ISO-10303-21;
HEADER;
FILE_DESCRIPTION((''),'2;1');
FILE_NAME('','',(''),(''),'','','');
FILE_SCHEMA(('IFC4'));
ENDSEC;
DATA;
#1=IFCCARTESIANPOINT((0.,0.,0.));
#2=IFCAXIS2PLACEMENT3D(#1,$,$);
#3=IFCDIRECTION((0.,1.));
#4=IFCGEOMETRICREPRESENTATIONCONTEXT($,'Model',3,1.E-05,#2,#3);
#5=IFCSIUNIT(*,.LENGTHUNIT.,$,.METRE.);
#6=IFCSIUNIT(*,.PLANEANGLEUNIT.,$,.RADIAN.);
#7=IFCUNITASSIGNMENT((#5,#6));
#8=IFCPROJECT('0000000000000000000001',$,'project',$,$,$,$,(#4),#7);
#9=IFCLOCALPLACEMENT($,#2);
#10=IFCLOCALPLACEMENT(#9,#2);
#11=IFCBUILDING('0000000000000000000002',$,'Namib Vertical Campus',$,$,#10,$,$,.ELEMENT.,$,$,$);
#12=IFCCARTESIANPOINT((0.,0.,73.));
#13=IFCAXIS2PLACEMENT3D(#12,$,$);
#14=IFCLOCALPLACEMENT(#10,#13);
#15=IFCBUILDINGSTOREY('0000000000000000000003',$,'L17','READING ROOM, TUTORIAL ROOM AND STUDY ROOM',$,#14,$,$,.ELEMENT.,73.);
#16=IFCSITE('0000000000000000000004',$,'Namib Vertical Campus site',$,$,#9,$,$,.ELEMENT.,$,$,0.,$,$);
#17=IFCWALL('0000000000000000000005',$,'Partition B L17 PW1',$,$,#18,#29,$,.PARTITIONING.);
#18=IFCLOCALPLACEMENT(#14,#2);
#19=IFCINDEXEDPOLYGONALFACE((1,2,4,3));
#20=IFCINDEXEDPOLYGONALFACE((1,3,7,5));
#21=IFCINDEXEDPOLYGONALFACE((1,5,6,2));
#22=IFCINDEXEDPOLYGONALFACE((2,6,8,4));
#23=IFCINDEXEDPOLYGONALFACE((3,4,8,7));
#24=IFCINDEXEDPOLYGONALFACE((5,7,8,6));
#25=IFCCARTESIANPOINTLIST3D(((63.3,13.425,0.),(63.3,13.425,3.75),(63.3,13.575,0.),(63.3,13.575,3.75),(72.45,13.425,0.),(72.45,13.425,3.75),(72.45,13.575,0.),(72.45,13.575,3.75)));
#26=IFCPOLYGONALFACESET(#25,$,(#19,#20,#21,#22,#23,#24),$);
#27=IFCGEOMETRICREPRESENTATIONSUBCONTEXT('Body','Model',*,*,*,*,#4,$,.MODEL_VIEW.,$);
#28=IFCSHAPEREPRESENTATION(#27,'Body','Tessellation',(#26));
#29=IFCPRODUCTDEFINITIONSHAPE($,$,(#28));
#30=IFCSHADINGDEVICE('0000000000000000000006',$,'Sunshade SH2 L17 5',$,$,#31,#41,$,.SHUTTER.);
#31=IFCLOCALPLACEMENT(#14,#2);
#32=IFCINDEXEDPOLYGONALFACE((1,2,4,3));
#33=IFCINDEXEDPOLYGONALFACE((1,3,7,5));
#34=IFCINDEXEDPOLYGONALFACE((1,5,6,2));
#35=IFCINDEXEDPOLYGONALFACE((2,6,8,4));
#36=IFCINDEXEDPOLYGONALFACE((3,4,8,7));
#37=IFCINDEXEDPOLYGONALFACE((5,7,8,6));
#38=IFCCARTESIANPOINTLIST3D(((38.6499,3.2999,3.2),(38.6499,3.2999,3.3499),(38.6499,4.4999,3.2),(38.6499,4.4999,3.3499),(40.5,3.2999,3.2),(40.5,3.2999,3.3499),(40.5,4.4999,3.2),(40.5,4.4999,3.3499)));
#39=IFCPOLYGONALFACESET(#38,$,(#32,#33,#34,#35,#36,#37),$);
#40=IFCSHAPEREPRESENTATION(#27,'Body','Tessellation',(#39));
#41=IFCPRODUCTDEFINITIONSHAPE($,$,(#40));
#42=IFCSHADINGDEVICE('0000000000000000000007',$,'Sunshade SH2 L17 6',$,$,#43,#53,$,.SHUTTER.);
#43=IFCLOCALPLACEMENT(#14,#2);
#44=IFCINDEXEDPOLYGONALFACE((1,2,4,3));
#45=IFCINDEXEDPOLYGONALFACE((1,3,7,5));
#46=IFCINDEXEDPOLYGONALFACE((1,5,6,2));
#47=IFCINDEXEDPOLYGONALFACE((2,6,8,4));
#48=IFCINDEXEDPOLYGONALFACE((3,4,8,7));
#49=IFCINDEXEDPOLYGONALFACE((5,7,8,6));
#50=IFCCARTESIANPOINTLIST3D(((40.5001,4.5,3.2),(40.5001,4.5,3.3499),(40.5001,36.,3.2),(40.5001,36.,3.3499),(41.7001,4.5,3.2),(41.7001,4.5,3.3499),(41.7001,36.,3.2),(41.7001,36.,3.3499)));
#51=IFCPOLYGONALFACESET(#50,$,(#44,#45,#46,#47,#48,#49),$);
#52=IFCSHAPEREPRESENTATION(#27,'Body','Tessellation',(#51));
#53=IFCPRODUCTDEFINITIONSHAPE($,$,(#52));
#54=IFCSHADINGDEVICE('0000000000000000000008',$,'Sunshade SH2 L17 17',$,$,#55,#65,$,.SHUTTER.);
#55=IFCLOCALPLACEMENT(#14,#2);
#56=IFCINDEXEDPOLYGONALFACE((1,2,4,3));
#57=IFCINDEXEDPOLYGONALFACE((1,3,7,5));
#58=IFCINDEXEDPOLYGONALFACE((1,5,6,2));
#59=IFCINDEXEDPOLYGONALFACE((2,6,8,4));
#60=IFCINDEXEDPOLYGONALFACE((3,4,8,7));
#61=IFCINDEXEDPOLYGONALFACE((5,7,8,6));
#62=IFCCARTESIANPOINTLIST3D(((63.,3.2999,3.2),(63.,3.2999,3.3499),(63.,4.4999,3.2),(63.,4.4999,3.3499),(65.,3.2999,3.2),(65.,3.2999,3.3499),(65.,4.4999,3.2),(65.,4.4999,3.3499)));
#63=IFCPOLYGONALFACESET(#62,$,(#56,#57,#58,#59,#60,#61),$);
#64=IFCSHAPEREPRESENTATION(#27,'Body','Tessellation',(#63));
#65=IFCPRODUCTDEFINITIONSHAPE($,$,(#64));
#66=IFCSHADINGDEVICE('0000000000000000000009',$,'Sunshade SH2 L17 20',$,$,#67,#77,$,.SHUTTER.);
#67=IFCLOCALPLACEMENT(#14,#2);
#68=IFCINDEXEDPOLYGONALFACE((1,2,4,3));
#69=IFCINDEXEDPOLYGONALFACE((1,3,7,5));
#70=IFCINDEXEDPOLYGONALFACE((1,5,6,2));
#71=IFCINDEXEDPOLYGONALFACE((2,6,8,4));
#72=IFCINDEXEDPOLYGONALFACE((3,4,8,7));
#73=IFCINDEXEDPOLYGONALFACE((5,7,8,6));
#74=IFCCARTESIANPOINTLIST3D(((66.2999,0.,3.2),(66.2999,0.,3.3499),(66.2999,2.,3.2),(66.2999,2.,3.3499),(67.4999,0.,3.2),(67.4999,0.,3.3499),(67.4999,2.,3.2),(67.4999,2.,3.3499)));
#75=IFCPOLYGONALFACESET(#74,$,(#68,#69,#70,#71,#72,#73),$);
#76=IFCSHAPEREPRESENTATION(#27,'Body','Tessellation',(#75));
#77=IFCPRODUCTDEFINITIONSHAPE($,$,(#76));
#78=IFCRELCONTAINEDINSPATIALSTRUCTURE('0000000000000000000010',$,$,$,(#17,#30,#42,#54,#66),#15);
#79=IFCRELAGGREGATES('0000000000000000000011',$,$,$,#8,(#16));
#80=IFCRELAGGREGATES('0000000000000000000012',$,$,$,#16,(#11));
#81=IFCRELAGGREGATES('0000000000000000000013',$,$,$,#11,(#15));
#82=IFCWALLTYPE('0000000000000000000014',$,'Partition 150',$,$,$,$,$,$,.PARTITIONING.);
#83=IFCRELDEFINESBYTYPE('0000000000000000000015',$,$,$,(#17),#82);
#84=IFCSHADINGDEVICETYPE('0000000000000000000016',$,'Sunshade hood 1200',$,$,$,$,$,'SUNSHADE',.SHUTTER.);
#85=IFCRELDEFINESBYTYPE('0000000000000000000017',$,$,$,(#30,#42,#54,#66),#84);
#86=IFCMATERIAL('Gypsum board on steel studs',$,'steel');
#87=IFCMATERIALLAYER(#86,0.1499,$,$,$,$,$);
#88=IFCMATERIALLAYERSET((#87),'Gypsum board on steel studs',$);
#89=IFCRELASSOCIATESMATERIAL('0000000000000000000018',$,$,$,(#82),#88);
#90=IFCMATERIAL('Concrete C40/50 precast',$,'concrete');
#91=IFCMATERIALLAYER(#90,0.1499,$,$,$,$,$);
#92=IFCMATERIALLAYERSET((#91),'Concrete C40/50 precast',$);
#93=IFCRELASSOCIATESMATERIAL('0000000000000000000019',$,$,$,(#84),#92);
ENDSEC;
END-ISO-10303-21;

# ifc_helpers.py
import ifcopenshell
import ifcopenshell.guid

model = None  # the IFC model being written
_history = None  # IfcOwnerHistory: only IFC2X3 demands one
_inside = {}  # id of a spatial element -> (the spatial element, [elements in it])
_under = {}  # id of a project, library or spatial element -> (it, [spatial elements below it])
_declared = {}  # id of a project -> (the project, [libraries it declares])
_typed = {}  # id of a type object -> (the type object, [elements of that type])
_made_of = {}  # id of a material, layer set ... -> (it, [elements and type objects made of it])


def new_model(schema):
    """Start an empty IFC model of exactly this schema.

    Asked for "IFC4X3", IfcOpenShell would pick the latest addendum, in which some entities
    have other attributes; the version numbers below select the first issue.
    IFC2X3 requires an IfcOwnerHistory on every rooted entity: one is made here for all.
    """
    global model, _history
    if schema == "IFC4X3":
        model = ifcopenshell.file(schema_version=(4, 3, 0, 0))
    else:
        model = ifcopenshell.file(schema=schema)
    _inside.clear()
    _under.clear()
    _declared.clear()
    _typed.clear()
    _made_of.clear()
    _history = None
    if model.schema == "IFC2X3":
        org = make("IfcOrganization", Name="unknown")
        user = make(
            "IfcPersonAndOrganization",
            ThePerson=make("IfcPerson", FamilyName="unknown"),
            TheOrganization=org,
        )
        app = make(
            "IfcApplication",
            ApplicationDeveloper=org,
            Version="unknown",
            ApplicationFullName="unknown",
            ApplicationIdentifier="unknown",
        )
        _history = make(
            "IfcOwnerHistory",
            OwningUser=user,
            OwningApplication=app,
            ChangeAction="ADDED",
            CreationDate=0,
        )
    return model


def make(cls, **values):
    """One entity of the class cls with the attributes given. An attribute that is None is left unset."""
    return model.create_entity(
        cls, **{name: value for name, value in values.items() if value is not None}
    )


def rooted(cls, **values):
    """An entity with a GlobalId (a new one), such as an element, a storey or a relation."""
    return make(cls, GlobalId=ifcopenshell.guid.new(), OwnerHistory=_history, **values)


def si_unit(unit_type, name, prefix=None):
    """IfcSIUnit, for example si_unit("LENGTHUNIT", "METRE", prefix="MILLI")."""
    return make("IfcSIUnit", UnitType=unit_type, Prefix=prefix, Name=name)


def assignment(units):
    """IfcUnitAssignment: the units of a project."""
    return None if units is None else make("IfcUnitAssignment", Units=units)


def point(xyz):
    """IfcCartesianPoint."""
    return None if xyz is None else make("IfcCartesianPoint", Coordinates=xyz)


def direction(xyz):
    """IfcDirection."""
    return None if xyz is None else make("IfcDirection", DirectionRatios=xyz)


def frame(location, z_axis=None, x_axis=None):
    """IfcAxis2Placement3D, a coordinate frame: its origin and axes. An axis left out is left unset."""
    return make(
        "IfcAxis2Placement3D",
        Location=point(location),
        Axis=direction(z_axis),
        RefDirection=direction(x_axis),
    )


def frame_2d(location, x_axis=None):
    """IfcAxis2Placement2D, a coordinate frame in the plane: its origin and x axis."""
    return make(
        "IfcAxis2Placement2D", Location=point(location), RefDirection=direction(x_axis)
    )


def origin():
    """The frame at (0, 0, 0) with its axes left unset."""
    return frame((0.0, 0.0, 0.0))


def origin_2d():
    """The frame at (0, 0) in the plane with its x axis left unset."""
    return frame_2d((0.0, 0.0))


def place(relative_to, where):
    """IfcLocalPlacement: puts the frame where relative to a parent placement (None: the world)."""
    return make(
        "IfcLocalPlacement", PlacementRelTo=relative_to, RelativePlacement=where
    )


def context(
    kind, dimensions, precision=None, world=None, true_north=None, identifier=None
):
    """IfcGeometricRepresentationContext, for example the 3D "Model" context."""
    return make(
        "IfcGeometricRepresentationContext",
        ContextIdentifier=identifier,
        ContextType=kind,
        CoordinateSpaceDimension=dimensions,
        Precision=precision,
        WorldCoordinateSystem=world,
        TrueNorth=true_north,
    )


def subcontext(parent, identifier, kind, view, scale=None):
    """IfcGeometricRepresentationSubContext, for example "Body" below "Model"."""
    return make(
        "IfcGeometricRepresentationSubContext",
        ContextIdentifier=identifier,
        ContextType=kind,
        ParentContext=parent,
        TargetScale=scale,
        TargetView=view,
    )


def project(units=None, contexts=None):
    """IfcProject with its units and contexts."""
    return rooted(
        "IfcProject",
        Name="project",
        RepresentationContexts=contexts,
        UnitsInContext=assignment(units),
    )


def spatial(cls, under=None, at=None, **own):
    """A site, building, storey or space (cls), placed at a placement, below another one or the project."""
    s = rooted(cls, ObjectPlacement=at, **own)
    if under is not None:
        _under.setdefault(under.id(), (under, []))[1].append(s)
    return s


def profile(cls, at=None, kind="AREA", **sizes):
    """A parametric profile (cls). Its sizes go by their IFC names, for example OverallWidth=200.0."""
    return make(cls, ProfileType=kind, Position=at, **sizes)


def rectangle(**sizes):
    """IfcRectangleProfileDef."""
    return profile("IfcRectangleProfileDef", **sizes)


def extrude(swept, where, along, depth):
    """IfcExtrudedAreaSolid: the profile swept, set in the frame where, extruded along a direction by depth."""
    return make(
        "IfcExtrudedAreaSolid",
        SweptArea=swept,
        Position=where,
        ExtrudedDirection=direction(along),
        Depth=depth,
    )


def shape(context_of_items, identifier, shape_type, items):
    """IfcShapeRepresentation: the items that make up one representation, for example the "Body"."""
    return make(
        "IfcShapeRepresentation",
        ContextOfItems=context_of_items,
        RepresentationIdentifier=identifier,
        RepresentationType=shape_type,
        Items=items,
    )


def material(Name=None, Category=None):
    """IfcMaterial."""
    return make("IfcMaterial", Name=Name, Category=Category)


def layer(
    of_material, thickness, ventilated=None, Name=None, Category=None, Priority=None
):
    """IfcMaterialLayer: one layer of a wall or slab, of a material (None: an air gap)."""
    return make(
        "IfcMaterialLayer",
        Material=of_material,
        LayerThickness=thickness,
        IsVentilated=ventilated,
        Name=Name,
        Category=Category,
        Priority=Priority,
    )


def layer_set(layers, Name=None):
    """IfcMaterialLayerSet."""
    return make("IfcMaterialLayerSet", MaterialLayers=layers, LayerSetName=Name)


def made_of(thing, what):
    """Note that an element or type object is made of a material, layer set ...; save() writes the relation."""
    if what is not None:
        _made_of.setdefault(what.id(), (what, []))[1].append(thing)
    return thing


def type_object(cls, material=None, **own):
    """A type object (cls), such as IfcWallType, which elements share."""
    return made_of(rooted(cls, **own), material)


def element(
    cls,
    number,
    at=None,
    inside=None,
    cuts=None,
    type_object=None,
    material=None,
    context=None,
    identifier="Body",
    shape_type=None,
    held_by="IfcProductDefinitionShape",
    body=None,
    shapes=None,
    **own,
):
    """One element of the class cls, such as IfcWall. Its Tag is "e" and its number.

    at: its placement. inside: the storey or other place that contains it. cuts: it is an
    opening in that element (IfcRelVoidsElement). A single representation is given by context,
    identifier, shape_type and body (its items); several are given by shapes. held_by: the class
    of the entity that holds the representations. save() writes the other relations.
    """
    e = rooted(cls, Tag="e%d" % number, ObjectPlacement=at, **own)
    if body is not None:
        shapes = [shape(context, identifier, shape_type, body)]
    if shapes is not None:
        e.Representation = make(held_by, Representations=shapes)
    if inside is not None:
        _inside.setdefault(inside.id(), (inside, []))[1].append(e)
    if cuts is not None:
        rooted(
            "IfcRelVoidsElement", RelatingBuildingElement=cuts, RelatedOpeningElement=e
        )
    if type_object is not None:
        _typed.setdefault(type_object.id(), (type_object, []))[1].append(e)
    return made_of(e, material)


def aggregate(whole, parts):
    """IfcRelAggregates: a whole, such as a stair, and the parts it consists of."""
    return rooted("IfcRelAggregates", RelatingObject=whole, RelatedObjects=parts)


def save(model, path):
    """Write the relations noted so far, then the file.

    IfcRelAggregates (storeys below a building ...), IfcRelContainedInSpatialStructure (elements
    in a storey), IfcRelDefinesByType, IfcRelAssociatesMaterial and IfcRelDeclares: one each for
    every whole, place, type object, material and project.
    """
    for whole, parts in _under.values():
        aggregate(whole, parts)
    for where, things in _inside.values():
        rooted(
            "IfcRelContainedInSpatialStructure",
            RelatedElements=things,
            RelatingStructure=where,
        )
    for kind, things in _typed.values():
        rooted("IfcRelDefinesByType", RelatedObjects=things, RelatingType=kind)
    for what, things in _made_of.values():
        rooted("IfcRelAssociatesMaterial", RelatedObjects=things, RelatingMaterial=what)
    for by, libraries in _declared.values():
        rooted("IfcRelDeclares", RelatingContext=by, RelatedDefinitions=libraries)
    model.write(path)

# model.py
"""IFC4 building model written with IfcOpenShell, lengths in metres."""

from ifc_helpers import new_model, si_unit, direction, frame, frame_2d, origin, origin_2d, place, context, subcontext, project, spatial, rectangle, extrude, material, layer, layer_set, type_object, element, save


model = new_model("IFC4")

# Units and contexts
model_context = context("Model", 3, precision=1e-05, world=origin(), true_north=direction((0.0, 1.0)))
body_context = subcontext(model_context, "Body", "Model", "MODEL_VIEW")
ifc_project = project(units=[si_unit("LENGTHUNIT", "METRE"), si_unit("PLANEANGLEUNIT", "RADIAN")], contexts=[model_context])

# Site, building, storey
site_placement = place(None, origin())
site = spatial("IfcSite", under=ifc_project, at=site_placement, Name="Namib Vertical Campus site", CompositionType="ELEMENT", RefElevation=0.0)
building_placement = place(site_placement, origin())
building = spatial("IfcBuilding", under=site, at=building_placement, Name="Namib Vertical Campus", CompositionType="ELEMENT")
storey_placement = place(building_placement, frame((0.0, 0.0, 73.0)))
storey = spatial("IfcBuildingStorey", under=building, at=storey_placement, Name="L17", Description="READING ROOM, TUTORIAL ROOM AND STUDY ROOM", CompositionType="ELEMENT", Elevation=73.0)

# Wall
ifc_material_1 = material(Name="Gypsum board on steel studs", Category="steel")
ifc_layer_1 = layer(ifc_material_1, 0.1499)
ifc_layer_set_1 = layer_set([ifc_layer_1], Name="Gypsum board on steel studs")
wall_type_1 = type_object("IfcWallType", Name="Partition 150", PredefinedType="PARTITIONING", material=ifc_layer_set_1)
wall_1_placement = place(storey_placement, frame((63.3, 13.5, 0.0), z_axis=(0.0, 0.0, 1.0), x_axis=(1.0, 0.0, 0.0)))
element("IfcWall", 1, at=wall_1_placement, inside=storey, type_object=wall_type_1, Name="Partition B L17 PW1", PredefinedType="PARTITIONING", context=body_context, shape_type="SweptSolid", body=[
    extrude(rectangle(XDim=9.1499, YDim=0.1499, at=frame_2d((4.575, 0.0))), origin(), (0.0, 0.0, 1.0), 3.75),
])

# Shading devices
ifc_material_2 = material(Name="Concrete C40/50 precast", Category="concrete")
ifc_layer_2 = layer(ifc_material_2, 0.1499)
ifc_layer_set_2 = layer_set([ifc_layer_2], Name="Concrete C40/50 precast")
shading_device_type = type_object("IfcShadingDeviceType", Name="Sunshade hood 1200", ElementType="SUNSHADE", PredefinedType="SHUTTER", material=ifc_layer_set_2)
shading_device_1_placement = place(storey_placement, frame((39.575, 3.8999, 3.2), z_axis=(0.0, 0.0, 1.0), x_axis=(1.0, 0.0, 0.0)))
element("IfcShadingDevice", 2, at=shading_device_1_placement, inside=storey, type_object=shading_device_type, Name="Sunshade SH2 L17 5", PredefinedType="SHUTTER", context=body_context, shape_type="SweptSolid", body=[
    extrude(rectangle(XDim=1.8501, YDim=1.2, at=origin_2d()), origin(), (0.0, 0.0, 1.0), 0.1499),
])
shading_device_2_placement = place(storey_placement, frame((41.1001, 20.25, 3.2), z_axis=(0.0, 0.0, 1.0), x_axis=(0.0, 1.0, 0.0)))
element("IfcShadingDevice", 3, at=shading_device_2_placement, inside=storey, type_object=shading_device_type, Name="Sunshade SH2 L17 6", PredefinedType="SHUTTER", context=body_context, shape_type="SweptSolid", body=[
    extrude(rectangle(XDim=31.5, YDim=1.2, at=origin_2d()), origin(), (0.0, 0.0, 1.0), 0.1499),
])
for number, where, z_axis, x_axis, name in (
    (4, (64.0, 3.8999, 3.2), (0.0, 0.0, 1.0), (1.0, 0.0, 0.0), "Sunshade SH2 L17 17"),
    (5, (66.8999, 1.0, 3.2), (0.0, 0.0, 1.0), (0.0, -1.0, 0.0), "Sunshade SH2 L17 20"),
):
    element("IfcShadingDevice", number, at=place(storey_placement, frame(where, z_axis=z_axis, x_axis=x_axis)), inside=storey, type_object=shading_device_type, Name=name, PredefinedType="SHUTTER", context=body_context, shape_type="SweptSolid", body=[
        extrude(rectangle(XDim=2.0, YDim=1.2, at=origin_2d()), origin(), (0.0, 0.0, 1.0), 0.1499),
    ])

save(model, "model.ifc")
